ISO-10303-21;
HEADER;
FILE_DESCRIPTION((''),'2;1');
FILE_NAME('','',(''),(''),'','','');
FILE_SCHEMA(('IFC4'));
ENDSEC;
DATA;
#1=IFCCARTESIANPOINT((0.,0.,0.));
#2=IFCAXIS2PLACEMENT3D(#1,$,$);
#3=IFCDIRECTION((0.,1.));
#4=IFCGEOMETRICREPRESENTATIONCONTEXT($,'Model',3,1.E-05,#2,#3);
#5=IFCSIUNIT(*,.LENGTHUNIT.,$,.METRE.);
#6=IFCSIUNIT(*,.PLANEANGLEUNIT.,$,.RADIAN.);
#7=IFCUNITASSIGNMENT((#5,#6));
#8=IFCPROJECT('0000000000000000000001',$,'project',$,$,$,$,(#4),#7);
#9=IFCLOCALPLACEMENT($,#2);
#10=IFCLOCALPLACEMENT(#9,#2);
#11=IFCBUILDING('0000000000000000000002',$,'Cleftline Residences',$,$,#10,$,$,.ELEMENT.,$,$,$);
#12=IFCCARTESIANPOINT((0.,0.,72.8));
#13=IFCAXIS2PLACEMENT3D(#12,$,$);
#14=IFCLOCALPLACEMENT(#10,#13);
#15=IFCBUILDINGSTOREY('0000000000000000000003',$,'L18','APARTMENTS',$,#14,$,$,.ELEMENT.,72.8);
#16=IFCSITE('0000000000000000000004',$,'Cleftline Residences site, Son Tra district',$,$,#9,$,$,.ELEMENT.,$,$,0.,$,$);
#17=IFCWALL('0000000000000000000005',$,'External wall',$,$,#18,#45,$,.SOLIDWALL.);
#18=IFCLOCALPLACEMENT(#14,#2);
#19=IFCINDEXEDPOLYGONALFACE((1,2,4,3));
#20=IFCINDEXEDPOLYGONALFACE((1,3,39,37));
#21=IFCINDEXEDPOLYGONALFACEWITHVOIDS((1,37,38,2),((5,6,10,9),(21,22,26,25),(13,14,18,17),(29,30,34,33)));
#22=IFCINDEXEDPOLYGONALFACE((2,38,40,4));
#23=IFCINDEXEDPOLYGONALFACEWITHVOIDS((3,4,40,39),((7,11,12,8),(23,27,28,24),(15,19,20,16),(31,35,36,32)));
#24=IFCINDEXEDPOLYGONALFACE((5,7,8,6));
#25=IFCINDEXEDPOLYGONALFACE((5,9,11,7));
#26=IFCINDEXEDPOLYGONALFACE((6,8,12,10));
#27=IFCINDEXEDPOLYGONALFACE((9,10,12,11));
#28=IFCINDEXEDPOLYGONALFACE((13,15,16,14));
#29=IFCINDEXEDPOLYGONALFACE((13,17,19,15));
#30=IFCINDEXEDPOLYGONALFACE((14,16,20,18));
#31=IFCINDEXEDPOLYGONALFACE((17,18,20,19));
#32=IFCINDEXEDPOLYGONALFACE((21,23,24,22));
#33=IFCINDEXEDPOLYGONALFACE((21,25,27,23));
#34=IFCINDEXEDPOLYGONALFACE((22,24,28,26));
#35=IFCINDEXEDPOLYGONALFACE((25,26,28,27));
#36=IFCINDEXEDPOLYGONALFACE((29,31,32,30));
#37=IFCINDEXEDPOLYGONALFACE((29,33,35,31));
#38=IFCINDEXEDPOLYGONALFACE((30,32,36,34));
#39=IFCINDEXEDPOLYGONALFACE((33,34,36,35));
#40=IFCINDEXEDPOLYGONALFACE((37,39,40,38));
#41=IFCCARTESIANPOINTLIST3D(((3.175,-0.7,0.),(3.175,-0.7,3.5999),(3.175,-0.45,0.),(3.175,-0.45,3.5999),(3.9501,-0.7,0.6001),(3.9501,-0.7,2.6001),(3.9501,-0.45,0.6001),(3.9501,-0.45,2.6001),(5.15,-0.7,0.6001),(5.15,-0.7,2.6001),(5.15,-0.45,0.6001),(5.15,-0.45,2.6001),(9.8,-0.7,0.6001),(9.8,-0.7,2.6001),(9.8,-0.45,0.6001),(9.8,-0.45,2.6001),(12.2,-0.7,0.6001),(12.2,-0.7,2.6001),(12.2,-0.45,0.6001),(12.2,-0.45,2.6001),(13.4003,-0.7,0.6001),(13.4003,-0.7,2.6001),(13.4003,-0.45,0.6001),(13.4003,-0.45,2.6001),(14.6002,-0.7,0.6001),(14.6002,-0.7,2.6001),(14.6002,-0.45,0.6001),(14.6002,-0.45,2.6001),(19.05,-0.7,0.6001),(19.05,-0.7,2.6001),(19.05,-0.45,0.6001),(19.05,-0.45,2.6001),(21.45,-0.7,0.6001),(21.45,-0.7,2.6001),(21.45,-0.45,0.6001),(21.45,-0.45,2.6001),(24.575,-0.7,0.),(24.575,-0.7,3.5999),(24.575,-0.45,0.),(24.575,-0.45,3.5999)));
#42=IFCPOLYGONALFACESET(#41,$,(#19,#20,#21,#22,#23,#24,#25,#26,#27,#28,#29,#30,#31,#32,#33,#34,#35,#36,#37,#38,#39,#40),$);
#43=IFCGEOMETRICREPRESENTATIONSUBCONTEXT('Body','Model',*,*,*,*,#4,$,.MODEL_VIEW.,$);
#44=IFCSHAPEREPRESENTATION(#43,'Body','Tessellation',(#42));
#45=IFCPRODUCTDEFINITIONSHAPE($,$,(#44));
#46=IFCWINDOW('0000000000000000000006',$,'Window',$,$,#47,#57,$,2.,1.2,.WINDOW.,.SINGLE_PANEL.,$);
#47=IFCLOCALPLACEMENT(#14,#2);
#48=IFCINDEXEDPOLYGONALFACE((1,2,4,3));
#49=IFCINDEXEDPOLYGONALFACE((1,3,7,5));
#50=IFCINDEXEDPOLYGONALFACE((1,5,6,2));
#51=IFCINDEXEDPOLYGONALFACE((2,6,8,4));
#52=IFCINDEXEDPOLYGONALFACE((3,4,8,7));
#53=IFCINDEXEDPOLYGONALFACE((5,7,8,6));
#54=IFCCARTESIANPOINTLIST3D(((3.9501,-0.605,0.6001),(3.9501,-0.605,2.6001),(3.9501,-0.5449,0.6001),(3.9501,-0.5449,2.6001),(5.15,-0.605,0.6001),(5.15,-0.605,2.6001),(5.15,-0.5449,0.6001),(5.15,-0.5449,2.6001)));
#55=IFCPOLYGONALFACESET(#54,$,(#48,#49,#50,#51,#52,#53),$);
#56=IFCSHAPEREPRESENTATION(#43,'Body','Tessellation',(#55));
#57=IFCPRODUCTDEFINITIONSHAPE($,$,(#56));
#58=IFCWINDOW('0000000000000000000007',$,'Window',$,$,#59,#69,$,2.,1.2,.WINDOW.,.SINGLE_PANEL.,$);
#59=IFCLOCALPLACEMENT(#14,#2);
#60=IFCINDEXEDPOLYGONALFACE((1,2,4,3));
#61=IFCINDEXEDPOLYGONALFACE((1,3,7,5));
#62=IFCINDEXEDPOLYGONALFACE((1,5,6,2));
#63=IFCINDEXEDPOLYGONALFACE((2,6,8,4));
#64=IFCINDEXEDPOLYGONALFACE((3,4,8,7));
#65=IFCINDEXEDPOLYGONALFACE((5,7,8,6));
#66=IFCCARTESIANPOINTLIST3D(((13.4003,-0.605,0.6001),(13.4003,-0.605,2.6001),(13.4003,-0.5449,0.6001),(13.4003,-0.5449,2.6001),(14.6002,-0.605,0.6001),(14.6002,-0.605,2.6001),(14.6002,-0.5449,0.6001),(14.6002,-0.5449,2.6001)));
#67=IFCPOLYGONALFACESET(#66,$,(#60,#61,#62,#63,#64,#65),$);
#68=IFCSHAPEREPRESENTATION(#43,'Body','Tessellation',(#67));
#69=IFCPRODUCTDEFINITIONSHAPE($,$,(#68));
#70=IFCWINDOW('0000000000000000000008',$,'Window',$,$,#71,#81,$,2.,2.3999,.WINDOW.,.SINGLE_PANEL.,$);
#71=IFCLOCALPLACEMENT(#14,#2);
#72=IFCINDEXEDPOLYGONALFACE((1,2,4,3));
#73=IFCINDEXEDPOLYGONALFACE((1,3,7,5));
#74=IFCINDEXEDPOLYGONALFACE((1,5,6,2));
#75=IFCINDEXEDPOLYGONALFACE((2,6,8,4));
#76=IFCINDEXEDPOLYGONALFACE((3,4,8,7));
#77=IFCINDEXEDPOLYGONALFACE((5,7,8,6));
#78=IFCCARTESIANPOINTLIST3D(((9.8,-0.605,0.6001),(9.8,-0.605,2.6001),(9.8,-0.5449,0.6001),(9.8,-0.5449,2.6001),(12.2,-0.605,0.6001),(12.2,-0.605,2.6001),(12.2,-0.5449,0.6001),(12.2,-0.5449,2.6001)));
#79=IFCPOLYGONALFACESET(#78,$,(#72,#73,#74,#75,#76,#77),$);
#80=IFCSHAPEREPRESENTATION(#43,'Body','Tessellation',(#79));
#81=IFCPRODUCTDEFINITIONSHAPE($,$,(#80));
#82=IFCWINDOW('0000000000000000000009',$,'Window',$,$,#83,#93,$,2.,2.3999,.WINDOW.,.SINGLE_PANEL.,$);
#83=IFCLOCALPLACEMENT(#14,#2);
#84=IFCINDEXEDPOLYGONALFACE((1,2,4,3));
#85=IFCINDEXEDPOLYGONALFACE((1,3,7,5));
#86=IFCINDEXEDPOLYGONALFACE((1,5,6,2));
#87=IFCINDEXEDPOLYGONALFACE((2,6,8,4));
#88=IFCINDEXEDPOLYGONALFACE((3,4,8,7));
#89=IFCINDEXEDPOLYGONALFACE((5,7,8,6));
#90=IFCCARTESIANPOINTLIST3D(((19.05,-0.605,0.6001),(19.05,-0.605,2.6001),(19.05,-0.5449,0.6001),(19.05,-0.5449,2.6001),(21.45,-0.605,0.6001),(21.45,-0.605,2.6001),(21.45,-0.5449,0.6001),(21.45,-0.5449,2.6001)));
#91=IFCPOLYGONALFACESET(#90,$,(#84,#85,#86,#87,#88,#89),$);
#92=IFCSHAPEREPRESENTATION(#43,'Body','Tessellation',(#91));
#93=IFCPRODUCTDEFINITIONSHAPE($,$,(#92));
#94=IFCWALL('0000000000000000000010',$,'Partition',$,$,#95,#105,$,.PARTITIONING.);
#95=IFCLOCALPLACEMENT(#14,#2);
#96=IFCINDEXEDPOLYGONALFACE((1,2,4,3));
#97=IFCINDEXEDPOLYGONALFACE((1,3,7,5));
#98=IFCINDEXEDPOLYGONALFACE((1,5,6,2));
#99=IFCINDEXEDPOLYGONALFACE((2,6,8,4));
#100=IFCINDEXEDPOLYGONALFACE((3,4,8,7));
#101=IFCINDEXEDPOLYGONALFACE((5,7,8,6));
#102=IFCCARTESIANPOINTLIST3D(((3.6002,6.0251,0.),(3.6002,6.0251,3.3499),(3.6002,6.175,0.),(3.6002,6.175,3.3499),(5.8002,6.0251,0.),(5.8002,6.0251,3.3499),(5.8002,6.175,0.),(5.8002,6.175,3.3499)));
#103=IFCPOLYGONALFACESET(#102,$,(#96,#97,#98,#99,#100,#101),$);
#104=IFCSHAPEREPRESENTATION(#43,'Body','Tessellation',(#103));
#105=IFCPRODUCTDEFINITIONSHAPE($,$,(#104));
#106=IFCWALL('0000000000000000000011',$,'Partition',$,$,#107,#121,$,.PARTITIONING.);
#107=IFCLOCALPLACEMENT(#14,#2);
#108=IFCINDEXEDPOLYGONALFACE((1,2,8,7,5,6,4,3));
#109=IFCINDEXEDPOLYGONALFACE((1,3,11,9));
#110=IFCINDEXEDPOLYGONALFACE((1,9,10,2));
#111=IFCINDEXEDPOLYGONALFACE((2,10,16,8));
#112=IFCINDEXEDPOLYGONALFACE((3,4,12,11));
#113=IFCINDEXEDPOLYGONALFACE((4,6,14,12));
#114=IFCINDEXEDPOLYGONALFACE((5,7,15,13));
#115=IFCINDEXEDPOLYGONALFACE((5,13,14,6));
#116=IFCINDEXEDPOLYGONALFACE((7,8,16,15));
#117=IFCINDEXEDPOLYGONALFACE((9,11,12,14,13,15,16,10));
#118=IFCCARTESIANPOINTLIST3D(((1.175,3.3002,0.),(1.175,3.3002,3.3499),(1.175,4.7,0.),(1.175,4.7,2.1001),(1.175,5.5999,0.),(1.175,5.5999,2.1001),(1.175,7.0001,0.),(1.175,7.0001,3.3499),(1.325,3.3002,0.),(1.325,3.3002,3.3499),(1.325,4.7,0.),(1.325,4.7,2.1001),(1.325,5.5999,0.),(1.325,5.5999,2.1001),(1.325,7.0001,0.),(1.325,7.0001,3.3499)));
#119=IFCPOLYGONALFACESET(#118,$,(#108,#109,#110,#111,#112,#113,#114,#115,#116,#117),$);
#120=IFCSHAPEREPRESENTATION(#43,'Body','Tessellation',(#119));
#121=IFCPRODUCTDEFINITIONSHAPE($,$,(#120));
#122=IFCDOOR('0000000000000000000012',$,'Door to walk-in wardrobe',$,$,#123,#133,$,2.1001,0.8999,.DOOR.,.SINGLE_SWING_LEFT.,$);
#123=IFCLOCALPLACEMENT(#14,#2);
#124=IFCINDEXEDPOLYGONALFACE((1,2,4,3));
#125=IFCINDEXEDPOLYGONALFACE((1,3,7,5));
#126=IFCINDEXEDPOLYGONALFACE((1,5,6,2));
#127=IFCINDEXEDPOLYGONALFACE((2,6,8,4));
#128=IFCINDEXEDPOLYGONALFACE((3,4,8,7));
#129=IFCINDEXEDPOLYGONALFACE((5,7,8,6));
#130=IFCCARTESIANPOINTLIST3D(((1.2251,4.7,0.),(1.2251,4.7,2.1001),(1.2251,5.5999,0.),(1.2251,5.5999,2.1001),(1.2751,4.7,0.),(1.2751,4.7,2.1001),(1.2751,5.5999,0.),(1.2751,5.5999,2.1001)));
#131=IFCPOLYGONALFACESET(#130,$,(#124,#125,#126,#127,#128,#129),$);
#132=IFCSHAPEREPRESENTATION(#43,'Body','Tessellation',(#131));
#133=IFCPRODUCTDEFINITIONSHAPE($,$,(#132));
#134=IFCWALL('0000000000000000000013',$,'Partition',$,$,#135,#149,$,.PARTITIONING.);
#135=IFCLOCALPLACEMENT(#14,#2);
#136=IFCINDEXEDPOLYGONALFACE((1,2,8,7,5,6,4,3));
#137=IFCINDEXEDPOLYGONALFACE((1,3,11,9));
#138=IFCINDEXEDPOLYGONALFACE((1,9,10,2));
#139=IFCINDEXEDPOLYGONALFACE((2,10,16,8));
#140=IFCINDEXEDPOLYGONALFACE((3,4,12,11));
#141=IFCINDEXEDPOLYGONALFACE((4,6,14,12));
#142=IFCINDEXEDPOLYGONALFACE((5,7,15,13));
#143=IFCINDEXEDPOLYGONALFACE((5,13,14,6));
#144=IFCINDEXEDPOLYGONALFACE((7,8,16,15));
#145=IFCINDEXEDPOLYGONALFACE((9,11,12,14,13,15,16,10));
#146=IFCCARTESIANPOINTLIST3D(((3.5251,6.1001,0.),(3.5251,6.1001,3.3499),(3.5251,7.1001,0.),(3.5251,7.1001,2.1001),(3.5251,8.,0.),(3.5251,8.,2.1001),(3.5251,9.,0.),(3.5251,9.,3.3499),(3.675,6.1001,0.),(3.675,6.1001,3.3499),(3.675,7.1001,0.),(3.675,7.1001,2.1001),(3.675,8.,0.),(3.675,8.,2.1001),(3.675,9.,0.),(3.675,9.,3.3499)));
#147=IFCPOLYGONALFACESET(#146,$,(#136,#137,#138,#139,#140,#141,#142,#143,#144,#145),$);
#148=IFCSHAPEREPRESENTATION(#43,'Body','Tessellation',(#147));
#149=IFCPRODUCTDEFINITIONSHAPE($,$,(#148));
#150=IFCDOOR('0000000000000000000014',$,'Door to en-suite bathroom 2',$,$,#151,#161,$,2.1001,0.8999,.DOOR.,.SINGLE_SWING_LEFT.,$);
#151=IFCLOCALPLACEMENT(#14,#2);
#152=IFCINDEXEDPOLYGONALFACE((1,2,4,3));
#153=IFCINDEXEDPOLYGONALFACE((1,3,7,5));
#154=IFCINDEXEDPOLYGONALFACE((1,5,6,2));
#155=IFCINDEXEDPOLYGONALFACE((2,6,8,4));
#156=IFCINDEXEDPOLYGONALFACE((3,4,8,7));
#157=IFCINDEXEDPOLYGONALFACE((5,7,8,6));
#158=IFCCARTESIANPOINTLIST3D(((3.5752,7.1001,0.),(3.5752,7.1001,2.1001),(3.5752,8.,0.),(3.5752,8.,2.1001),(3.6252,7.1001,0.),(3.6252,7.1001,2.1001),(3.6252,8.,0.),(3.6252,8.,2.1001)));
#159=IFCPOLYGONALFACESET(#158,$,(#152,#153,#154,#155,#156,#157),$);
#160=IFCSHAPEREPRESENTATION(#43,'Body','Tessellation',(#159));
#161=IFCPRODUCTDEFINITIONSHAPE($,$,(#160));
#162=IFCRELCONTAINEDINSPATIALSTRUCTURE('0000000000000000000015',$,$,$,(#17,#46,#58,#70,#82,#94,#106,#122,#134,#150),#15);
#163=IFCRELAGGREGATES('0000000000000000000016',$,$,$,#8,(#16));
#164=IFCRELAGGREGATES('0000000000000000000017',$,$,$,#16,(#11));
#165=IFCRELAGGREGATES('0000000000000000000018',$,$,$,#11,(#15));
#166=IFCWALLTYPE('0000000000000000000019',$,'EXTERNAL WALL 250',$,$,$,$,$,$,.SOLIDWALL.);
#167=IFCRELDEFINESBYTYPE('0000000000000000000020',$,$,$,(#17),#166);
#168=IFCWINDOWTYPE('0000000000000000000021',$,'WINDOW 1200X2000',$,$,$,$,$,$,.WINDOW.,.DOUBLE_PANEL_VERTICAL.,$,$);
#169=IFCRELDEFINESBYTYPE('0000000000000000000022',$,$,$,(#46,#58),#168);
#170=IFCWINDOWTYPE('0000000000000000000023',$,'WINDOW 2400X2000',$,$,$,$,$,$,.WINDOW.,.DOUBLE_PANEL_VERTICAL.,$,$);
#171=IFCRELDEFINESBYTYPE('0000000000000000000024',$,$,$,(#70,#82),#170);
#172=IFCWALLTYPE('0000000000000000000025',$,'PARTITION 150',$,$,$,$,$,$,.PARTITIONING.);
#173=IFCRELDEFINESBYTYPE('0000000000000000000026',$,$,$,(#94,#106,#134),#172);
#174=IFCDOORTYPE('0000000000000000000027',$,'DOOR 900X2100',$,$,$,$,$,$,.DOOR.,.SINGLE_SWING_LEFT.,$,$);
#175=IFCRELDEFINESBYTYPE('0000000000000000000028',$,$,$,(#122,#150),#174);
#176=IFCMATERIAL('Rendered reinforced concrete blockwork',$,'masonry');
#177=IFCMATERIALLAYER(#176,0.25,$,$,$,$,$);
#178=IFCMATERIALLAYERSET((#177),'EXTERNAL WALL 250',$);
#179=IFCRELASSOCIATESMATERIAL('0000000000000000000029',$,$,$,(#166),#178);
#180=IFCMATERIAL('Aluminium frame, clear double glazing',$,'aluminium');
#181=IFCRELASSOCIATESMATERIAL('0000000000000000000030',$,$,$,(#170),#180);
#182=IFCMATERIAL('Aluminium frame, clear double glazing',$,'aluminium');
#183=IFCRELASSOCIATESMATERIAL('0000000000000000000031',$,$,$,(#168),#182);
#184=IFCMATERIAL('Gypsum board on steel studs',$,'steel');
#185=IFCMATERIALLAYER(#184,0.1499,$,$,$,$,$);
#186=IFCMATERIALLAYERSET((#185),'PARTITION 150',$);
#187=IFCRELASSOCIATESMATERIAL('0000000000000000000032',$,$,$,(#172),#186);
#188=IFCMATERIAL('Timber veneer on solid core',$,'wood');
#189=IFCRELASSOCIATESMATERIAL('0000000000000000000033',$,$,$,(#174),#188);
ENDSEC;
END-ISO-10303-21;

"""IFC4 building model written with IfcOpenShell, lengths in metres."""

from ifc_helpers import new_model, si_unit, direction, frame, frame_2d, origin, place, context, subcontext, project, spatial, rectangle, extrude, material, layer, layer_set, type_object, element, fill, save


model = new_model("IFC4")

# Units and contexts
model_context = context("Model", 3, precision=1e-05, world=origin(), true_north=direction((0.0, 1.0)))
body_context = subcontext(model_context, "Body", "Model", "MODEL_VIEW")
ifc_project = project(units=[si_unit("LENGTHUNIT", "METRE"), si_unit("PLANEANGLEUNIT", "RADIAN")], contexts=[model_context])

# Site, building, storey
site_placement = place(None, origin())
site = spatial("IfcSite", under=ifc_project, at=site_placement, Name="Cleftline Residences site, Son Tra district", CompositionType="ELEMENT", RefElevation=0.0)
building_placement = place(site_placement, origin())
building = spatial("IfcBuilding", under=site, at=building_placement, Name="Cleftline Residences", CompositionType="ELEMENT")
storey_placement = place(building_placement, frame((0.0, 0.0, 72.8)))
storey = spatial("IfcBuildingStorey", under=building, at=storey_placement, Name="L18", Description="APARTMENTS", CompositionType="ELEMENT", Elevation=72.8)

# Shared definitions
ifc_material_1 = material(Name="Rendered reinforced concrete blockwork", Category="masonry")
ifc_layer_1 = layer(ifc_material_1, 0.25)
ifc_layer_set_1 = layer_set([ifc_layer_1], Name="EXTERNAL WALL 250")
wall_type_1 = type_object("IfcWallType", Name="EXTERNAL WALL 250", PredefinedType="SOLIDWALL", material=ifc_layer_set_1)
ifc_material_2 = material(Name="Aluminium frame, clear double glazing", Category="aluminium")
window_type_1 = type_object("IfcWindowType", Name="WINDOW 2400X2000", PartitioningType="DOUBLE_PANEL_VERTICAL", PredefinedType="WINDOW", material=ifc_material_2)

# Wall, openings, windows
wall_1_placement = place(storey_placement, frame((3.175, -0.575, 0.0), z_axis=(0.0, 0.0, 1.0), x_axis=(1.0, 0.0, 0.0)))
wall_1 = element("IfcWall", 1, at=wall_1_placement, inside=storey, type_object=wall_type_1, Name="External wall", PredefinedType="SOLIDWALL", context=body_context, shape_type="SweptSolid", body=[
    extrude(rectangle(XDim=21.3999, YDim=0.25, at=frame_2d((10.7, 0.0))), origin(), (0.0, 0.0, 1.0), 3.5999),
])
opening_1_placement = place(wall_1_placement, frame((0.7749, 0.0, 0.6001)))
opening_1 = element("IfcOpeningElement", 2, at=opening_1_placement, cuts=wall_1, PredefinedType="OPENING", context=body_context, shape_type="SweptSolid", body=[
    extrude(rectangle(XDim=1.2, YDim=2.0, at=frame_2d((0.6001, 1.0))), frame((0.0, 0.135, 0.0), z_axis=(0.0, -1.0, 0.0), x_axis=(1.0, 0.0, 0.0)), (0.0, 0.0, 1.0), 0.27),
])
opening_2_placement = place(wall_1_placement, frame((6.625, 0.0, 0.6001)))
opening_2 = element("IfcOpeningElement", 3, at=opening_2_placement, cuts=wall_1, PredefinedType="OPENING", context=body_context, shape_type="SweptSolid", body=[
    extrude(rectangle(XDim=2.3999, YDim=2.0, at=frame_2d((1.2, 1.0))), frame((0.0, 0.135, 0.0), z_axis=(0.0, -1.0, 0.0), x_axis=(1.0, 0.0, 0.0)), (0.0, 0.0, 1.0), 0.27),
])
opening_3_placement = place(wall_1_placement, frame((10.2251, 0.0, 0.6001)))
opening_3 = element("IfcOpeningElement", 4, at=opening_3_placement, cuts=wall_1, PredefinedType="OPENING", context=body_context, shape_type="SweptSolid", body=[
    extrude(rectangle(XDim=1.2, YDim=2.0, at=frame_2d((0.6001, 1.0))), frame((0.0, 0.135, 0.0), z_axis=(0.0, -1.0, 0.0), x_axis=(1.0, 0.0, 0.0)), (0.0, 0.0, 1.0), 0.27),
])
opening_4_placement = place(wall_1_placement, frame((15.875, 0.0, 0.6001)))
opening_4 = element("IfcOpeningElement", 5, at=opening_4_placement, cuts=wall_1, PredefinedType="OPENING", context=body_context, shape_type="SweptSolid", body=[
    extrude(rectangle(XDim=2.3999, YDim=2.0, at=frame_2d((1.2, 1.0))), frame((0.0, 0.135, 0.0), z_axis=(0.0, -1.0, 0.0), x_axis=(1.0, 0.0, 0.0)), (0.0, 0.0, 1.0), 0.27),
])
ifc_material_3 = material(Name="Aluminium frame, clear double glazing", Category="aluminium")
window_type_2 = type_object("IfcWindowType", Name="WINDOW 1200X2000", PartitioningType="DOUBLE_PANEL_VERTICAL", PredefinedType="WINDOW", material=ifc_material_3)
window_1_placement = place(opening_1_placement, origin())
window_1 = element("IfcWindow", 6, at=window_1_placement, inside=storey, type_object=window_type_2, Name="Window", OverallHeight=2.0, OverallWidth=1.2, PartitioningType="SINGLE_PANEL", PredefinedType="WINDOW", context=body_context, shape_type="SweptSolid", body=[
    extrude(rectangle(XDim=1.2, YDim=2.0, at=frame_2d((0.6001, 1.0))), frame((0.0, 0.03, 0.0), z_axis=(0.0, -1.0, 0.0), x_axis=(1.0, 0.0, 0.0)), (0.0, 0.0, 1.0), 0.0601),
])
fill(opening_1, window_1)
window_2_placement = place(opening_3_placement, origin())
window_2 = element("IfcWindow", 7, at=window_2_placement, inside=storey, type_object=window_type_2, Name="Window", OverallHeight=2.0, OverallWidth=1.2, PartitioningType="SINGLE_PANEL", PredefinedType="WINDOW", context=body_context, shape_type="SweptSolid", body=[
    extrude(rectangle(XDim=1.2, YDim=2.0, at=frame_2d((0.6001, 1.0))), frame((0.0, 0.03, 0.0), z_axis=(0.0, -1.0, 0.0), x_axis=(1.0, 0.0, 0.0)), (0.0, 0.0, 1.0), 0.0601),
])
fill(opening_3, window_2)
window_3_placement = place(opening_2_placement, origin())
window_3 = element("IfcWindow", 8, at=window_3_placement, inside=storey, type_object=window_type_1, Name="Window", OverallHeight=2.0, OverallWidth=2.3999, PartitioningType="SINGLE_PANEL", PredefinedType="WINDOW", context=body_context, shape_type="SweptSolid", body=[
    extrude(rectangle(XDim=2.3999, YDim=2.0, at=frame_2d((1.2, 1.0))), frame((0.0, 0.03, 0.0), z_axis=(0.0, -1.0, 0.0), x_axis=(1.0, 0.0, 0.0)), (0.0, 0.0, 1.0), 0.0601),
])
fill(opening_2, window_3)
window_4_placement = place(opening_4_placement, origin())
window_4 = element("IfcWindow", 9, at=window_4_placement, inside=storey, type_object=window_type_1, Name="Window", OverallHeight=2.0, OverallWidth=2.3999, PartitioningType="SINGLE_PANEL", PredefinedType="WINDOW", context=body_context, shape_type="SweptSolid", body=[
    extrude(rectangle(XDim=2.3999, YDim=2.0, at=frame_2d((1.2, 1.0))), frame((0.0, 0.03, 0.0), z_axis=(0.0, -1.0, 0.0), x_axis=(1.0, 0.0, 0.0)), (0.0, 0.0, 1.0), 0.0601),
])
fill(opening_4, window_4)

# Wall
ifc_material_4 = material(Name="Gypsum board on steel studs", Category="steel")
ifc_layer_2 = layer(ifc_material_4, 0.1499)
ifc_layer_set_2 = layer_set([ifc_layer_2], Name="PARTITION 150")
wall_type_2 = type_object("IfcWallType", Name="PARTITION 150", PredefinedType="PARTITIONING", material=ifc_layer_set_2)
wall_2_placement = place(storey_placement, frame((3.6001, 6.1001, 0.0), z_axis=(0.0, 0.0, 1.0), x_axis=(1.0, 0.0, 0.0)))
element("IfcWall", 10, at=wall_2_placement, inside=storey, type_object=wall_type_2, Name="Partition", PredefinedType="PARTITIONING", context=body_context, shape_type="SweptSolid", body=[
    extrude(rectangle(XDim=2.2, YDim=0.1499, at=frame_2d((1.1001, 0.0))), origin(), (0.0, 0.0, 1.0), 3.3499),
])

# Walls, openings, doors
wall_3_placement = place(storey_placement, frame((1.25, 3.3, 0.0), z_axis=(0.0, 0.0, 1.0), x_axis=(0.0, 1.0, 0.0)))
wall_3 = element("IfcWall", 11, at=wall_3_placement, inside=storey, type_object=wall_type_2, Name="Partition", PredefinedType="PARTITIONING", context=body_context, shape_type="SweptSolid", body=[
    extrude(rectangle(XDim=3.7, YDim=0.1499, at=frame_2d((1.8501, 0.0))), origin(), (0.0, 0.0, 1.0), 3.3499),
])
opening_5_placement = place(wall_3_placement, frame((1.3999, 0.0, 0.0)))
opening_5 = element("IfcOpeningElement", 12, at=opening_5_placement, cuts=wall_3, PredefinedType="OPENING", context=body_context, shape_type="SweptSolid", body=[
    extrude(rectangle(XDim=0.8999, YDim=2.1001, at=frame_2d((0.45, 1.05))), frame((0.0, 0.085, 0.0), z_axis=(0.0, -1.0, 0.0), x_axis=(1.0, 0.0, 0.0)), (0.0, 0.0, 1.0), 0.1699),
])
ifc_material_5 = material(Name="Timber veneer on solid core", Category="wood")
door_type = type_object("IfcDoorType", Name="DOOR 900X2100", OperationType="SINGLE_SWING_LEFT", PredefinedType="DOOR", material=ifc_material_5)
door_1_placement = place(opening_5_placement, origin())
door_1 = element("IfcDoor", 13, at=door_1_placement, inside=storey, type_object=door_type, Name="Door to walk-in wardrobe", OperationType="SINGLE_SWING_LEFT", OverallHeight=2.1001, OverallWidth=0.8999, PredefinedType="DOOR", context=body_context, shape_type="SweptSolid", body=[
    extrude(rectangle(XDim=0.8999, YDim=2.1001, at=frame_2d((0.45, 1.05))), frame((0.0, 0.0249, 0.0), z_axis=(0.0, -1.0, 0.0), x_axis=(1.0, 0.0, 0.0)), (0.0, 0.0, 1.0), 0.05),
])
fill(opening_5, door_1)
wall_4_placement = place(storey_placement, frame((3.6001, 6.1001, 0.0), z_axis=(0.0, 0.0, 1.0), x_axis=(0.0, 1.0, 0.0)))
wall_4 = element("IfcWall", 14, at=wall_4_placement, inside=storey, type_object=wall_type_2, Name="Partition", PredefinedType="PARTITIONING", context=body_context, shape_type="SweptSolid", body=[
    extrude(rectangle(XDim=2.8999, YDim=0.1499, at=frame_2d((1.45, 0.0))), origin(), (0.0, 0.0, 1.0), 3.3499),
])
opening_6_placement = place(wall_4_placement, frame((1.0, 0.0, 0.0)))
opening_6 = element("IfcOpeningElement", 15, at=opening_6_placement, cuts=wall_4, PredefinedType="OPENING", context=body_context, shape_type="SweptSolid", body=[
    extrude(rectangle(XDim=0.8999, YDim=2.1001, at=frame_2d((0.45, 1.05))), frame((0.0, 0.085, 0.0), z_axis=(0.0, -1.0, 0.0), x_axis=(1.0, 0.0, 0.0)), (0.0, 0.0, 1.0), 0.1699),
])
door_2_placement = place(opening_6_placement, origin())
door_2 = element("IfcDoor", 16, at=door_2_placement, inside=storey, type_object=door_type, Name="Door to en-suite bathroom 2", OperationType="SINGLE_SWING_LEFT", OverallHeight=2.1001, OverallWidth=0.8999, PredefinedType="DOOR", context=body_context, shape_type="SweptSolid", body=[
    extrude(rectangle(XDim=0.8999, YDim=2.1001, at=frame_2d((0.45, 1.05))), frame((0.0, 0.0249, 0.0), z_axis=(0.0, -1.0, 0.0), x_axis=(1.0, 0.0, 0.0)), (0.0, 0.0, 1.0), 0.05),
])
fill(opening_6, door_2)

save(model, "model.ifc")
